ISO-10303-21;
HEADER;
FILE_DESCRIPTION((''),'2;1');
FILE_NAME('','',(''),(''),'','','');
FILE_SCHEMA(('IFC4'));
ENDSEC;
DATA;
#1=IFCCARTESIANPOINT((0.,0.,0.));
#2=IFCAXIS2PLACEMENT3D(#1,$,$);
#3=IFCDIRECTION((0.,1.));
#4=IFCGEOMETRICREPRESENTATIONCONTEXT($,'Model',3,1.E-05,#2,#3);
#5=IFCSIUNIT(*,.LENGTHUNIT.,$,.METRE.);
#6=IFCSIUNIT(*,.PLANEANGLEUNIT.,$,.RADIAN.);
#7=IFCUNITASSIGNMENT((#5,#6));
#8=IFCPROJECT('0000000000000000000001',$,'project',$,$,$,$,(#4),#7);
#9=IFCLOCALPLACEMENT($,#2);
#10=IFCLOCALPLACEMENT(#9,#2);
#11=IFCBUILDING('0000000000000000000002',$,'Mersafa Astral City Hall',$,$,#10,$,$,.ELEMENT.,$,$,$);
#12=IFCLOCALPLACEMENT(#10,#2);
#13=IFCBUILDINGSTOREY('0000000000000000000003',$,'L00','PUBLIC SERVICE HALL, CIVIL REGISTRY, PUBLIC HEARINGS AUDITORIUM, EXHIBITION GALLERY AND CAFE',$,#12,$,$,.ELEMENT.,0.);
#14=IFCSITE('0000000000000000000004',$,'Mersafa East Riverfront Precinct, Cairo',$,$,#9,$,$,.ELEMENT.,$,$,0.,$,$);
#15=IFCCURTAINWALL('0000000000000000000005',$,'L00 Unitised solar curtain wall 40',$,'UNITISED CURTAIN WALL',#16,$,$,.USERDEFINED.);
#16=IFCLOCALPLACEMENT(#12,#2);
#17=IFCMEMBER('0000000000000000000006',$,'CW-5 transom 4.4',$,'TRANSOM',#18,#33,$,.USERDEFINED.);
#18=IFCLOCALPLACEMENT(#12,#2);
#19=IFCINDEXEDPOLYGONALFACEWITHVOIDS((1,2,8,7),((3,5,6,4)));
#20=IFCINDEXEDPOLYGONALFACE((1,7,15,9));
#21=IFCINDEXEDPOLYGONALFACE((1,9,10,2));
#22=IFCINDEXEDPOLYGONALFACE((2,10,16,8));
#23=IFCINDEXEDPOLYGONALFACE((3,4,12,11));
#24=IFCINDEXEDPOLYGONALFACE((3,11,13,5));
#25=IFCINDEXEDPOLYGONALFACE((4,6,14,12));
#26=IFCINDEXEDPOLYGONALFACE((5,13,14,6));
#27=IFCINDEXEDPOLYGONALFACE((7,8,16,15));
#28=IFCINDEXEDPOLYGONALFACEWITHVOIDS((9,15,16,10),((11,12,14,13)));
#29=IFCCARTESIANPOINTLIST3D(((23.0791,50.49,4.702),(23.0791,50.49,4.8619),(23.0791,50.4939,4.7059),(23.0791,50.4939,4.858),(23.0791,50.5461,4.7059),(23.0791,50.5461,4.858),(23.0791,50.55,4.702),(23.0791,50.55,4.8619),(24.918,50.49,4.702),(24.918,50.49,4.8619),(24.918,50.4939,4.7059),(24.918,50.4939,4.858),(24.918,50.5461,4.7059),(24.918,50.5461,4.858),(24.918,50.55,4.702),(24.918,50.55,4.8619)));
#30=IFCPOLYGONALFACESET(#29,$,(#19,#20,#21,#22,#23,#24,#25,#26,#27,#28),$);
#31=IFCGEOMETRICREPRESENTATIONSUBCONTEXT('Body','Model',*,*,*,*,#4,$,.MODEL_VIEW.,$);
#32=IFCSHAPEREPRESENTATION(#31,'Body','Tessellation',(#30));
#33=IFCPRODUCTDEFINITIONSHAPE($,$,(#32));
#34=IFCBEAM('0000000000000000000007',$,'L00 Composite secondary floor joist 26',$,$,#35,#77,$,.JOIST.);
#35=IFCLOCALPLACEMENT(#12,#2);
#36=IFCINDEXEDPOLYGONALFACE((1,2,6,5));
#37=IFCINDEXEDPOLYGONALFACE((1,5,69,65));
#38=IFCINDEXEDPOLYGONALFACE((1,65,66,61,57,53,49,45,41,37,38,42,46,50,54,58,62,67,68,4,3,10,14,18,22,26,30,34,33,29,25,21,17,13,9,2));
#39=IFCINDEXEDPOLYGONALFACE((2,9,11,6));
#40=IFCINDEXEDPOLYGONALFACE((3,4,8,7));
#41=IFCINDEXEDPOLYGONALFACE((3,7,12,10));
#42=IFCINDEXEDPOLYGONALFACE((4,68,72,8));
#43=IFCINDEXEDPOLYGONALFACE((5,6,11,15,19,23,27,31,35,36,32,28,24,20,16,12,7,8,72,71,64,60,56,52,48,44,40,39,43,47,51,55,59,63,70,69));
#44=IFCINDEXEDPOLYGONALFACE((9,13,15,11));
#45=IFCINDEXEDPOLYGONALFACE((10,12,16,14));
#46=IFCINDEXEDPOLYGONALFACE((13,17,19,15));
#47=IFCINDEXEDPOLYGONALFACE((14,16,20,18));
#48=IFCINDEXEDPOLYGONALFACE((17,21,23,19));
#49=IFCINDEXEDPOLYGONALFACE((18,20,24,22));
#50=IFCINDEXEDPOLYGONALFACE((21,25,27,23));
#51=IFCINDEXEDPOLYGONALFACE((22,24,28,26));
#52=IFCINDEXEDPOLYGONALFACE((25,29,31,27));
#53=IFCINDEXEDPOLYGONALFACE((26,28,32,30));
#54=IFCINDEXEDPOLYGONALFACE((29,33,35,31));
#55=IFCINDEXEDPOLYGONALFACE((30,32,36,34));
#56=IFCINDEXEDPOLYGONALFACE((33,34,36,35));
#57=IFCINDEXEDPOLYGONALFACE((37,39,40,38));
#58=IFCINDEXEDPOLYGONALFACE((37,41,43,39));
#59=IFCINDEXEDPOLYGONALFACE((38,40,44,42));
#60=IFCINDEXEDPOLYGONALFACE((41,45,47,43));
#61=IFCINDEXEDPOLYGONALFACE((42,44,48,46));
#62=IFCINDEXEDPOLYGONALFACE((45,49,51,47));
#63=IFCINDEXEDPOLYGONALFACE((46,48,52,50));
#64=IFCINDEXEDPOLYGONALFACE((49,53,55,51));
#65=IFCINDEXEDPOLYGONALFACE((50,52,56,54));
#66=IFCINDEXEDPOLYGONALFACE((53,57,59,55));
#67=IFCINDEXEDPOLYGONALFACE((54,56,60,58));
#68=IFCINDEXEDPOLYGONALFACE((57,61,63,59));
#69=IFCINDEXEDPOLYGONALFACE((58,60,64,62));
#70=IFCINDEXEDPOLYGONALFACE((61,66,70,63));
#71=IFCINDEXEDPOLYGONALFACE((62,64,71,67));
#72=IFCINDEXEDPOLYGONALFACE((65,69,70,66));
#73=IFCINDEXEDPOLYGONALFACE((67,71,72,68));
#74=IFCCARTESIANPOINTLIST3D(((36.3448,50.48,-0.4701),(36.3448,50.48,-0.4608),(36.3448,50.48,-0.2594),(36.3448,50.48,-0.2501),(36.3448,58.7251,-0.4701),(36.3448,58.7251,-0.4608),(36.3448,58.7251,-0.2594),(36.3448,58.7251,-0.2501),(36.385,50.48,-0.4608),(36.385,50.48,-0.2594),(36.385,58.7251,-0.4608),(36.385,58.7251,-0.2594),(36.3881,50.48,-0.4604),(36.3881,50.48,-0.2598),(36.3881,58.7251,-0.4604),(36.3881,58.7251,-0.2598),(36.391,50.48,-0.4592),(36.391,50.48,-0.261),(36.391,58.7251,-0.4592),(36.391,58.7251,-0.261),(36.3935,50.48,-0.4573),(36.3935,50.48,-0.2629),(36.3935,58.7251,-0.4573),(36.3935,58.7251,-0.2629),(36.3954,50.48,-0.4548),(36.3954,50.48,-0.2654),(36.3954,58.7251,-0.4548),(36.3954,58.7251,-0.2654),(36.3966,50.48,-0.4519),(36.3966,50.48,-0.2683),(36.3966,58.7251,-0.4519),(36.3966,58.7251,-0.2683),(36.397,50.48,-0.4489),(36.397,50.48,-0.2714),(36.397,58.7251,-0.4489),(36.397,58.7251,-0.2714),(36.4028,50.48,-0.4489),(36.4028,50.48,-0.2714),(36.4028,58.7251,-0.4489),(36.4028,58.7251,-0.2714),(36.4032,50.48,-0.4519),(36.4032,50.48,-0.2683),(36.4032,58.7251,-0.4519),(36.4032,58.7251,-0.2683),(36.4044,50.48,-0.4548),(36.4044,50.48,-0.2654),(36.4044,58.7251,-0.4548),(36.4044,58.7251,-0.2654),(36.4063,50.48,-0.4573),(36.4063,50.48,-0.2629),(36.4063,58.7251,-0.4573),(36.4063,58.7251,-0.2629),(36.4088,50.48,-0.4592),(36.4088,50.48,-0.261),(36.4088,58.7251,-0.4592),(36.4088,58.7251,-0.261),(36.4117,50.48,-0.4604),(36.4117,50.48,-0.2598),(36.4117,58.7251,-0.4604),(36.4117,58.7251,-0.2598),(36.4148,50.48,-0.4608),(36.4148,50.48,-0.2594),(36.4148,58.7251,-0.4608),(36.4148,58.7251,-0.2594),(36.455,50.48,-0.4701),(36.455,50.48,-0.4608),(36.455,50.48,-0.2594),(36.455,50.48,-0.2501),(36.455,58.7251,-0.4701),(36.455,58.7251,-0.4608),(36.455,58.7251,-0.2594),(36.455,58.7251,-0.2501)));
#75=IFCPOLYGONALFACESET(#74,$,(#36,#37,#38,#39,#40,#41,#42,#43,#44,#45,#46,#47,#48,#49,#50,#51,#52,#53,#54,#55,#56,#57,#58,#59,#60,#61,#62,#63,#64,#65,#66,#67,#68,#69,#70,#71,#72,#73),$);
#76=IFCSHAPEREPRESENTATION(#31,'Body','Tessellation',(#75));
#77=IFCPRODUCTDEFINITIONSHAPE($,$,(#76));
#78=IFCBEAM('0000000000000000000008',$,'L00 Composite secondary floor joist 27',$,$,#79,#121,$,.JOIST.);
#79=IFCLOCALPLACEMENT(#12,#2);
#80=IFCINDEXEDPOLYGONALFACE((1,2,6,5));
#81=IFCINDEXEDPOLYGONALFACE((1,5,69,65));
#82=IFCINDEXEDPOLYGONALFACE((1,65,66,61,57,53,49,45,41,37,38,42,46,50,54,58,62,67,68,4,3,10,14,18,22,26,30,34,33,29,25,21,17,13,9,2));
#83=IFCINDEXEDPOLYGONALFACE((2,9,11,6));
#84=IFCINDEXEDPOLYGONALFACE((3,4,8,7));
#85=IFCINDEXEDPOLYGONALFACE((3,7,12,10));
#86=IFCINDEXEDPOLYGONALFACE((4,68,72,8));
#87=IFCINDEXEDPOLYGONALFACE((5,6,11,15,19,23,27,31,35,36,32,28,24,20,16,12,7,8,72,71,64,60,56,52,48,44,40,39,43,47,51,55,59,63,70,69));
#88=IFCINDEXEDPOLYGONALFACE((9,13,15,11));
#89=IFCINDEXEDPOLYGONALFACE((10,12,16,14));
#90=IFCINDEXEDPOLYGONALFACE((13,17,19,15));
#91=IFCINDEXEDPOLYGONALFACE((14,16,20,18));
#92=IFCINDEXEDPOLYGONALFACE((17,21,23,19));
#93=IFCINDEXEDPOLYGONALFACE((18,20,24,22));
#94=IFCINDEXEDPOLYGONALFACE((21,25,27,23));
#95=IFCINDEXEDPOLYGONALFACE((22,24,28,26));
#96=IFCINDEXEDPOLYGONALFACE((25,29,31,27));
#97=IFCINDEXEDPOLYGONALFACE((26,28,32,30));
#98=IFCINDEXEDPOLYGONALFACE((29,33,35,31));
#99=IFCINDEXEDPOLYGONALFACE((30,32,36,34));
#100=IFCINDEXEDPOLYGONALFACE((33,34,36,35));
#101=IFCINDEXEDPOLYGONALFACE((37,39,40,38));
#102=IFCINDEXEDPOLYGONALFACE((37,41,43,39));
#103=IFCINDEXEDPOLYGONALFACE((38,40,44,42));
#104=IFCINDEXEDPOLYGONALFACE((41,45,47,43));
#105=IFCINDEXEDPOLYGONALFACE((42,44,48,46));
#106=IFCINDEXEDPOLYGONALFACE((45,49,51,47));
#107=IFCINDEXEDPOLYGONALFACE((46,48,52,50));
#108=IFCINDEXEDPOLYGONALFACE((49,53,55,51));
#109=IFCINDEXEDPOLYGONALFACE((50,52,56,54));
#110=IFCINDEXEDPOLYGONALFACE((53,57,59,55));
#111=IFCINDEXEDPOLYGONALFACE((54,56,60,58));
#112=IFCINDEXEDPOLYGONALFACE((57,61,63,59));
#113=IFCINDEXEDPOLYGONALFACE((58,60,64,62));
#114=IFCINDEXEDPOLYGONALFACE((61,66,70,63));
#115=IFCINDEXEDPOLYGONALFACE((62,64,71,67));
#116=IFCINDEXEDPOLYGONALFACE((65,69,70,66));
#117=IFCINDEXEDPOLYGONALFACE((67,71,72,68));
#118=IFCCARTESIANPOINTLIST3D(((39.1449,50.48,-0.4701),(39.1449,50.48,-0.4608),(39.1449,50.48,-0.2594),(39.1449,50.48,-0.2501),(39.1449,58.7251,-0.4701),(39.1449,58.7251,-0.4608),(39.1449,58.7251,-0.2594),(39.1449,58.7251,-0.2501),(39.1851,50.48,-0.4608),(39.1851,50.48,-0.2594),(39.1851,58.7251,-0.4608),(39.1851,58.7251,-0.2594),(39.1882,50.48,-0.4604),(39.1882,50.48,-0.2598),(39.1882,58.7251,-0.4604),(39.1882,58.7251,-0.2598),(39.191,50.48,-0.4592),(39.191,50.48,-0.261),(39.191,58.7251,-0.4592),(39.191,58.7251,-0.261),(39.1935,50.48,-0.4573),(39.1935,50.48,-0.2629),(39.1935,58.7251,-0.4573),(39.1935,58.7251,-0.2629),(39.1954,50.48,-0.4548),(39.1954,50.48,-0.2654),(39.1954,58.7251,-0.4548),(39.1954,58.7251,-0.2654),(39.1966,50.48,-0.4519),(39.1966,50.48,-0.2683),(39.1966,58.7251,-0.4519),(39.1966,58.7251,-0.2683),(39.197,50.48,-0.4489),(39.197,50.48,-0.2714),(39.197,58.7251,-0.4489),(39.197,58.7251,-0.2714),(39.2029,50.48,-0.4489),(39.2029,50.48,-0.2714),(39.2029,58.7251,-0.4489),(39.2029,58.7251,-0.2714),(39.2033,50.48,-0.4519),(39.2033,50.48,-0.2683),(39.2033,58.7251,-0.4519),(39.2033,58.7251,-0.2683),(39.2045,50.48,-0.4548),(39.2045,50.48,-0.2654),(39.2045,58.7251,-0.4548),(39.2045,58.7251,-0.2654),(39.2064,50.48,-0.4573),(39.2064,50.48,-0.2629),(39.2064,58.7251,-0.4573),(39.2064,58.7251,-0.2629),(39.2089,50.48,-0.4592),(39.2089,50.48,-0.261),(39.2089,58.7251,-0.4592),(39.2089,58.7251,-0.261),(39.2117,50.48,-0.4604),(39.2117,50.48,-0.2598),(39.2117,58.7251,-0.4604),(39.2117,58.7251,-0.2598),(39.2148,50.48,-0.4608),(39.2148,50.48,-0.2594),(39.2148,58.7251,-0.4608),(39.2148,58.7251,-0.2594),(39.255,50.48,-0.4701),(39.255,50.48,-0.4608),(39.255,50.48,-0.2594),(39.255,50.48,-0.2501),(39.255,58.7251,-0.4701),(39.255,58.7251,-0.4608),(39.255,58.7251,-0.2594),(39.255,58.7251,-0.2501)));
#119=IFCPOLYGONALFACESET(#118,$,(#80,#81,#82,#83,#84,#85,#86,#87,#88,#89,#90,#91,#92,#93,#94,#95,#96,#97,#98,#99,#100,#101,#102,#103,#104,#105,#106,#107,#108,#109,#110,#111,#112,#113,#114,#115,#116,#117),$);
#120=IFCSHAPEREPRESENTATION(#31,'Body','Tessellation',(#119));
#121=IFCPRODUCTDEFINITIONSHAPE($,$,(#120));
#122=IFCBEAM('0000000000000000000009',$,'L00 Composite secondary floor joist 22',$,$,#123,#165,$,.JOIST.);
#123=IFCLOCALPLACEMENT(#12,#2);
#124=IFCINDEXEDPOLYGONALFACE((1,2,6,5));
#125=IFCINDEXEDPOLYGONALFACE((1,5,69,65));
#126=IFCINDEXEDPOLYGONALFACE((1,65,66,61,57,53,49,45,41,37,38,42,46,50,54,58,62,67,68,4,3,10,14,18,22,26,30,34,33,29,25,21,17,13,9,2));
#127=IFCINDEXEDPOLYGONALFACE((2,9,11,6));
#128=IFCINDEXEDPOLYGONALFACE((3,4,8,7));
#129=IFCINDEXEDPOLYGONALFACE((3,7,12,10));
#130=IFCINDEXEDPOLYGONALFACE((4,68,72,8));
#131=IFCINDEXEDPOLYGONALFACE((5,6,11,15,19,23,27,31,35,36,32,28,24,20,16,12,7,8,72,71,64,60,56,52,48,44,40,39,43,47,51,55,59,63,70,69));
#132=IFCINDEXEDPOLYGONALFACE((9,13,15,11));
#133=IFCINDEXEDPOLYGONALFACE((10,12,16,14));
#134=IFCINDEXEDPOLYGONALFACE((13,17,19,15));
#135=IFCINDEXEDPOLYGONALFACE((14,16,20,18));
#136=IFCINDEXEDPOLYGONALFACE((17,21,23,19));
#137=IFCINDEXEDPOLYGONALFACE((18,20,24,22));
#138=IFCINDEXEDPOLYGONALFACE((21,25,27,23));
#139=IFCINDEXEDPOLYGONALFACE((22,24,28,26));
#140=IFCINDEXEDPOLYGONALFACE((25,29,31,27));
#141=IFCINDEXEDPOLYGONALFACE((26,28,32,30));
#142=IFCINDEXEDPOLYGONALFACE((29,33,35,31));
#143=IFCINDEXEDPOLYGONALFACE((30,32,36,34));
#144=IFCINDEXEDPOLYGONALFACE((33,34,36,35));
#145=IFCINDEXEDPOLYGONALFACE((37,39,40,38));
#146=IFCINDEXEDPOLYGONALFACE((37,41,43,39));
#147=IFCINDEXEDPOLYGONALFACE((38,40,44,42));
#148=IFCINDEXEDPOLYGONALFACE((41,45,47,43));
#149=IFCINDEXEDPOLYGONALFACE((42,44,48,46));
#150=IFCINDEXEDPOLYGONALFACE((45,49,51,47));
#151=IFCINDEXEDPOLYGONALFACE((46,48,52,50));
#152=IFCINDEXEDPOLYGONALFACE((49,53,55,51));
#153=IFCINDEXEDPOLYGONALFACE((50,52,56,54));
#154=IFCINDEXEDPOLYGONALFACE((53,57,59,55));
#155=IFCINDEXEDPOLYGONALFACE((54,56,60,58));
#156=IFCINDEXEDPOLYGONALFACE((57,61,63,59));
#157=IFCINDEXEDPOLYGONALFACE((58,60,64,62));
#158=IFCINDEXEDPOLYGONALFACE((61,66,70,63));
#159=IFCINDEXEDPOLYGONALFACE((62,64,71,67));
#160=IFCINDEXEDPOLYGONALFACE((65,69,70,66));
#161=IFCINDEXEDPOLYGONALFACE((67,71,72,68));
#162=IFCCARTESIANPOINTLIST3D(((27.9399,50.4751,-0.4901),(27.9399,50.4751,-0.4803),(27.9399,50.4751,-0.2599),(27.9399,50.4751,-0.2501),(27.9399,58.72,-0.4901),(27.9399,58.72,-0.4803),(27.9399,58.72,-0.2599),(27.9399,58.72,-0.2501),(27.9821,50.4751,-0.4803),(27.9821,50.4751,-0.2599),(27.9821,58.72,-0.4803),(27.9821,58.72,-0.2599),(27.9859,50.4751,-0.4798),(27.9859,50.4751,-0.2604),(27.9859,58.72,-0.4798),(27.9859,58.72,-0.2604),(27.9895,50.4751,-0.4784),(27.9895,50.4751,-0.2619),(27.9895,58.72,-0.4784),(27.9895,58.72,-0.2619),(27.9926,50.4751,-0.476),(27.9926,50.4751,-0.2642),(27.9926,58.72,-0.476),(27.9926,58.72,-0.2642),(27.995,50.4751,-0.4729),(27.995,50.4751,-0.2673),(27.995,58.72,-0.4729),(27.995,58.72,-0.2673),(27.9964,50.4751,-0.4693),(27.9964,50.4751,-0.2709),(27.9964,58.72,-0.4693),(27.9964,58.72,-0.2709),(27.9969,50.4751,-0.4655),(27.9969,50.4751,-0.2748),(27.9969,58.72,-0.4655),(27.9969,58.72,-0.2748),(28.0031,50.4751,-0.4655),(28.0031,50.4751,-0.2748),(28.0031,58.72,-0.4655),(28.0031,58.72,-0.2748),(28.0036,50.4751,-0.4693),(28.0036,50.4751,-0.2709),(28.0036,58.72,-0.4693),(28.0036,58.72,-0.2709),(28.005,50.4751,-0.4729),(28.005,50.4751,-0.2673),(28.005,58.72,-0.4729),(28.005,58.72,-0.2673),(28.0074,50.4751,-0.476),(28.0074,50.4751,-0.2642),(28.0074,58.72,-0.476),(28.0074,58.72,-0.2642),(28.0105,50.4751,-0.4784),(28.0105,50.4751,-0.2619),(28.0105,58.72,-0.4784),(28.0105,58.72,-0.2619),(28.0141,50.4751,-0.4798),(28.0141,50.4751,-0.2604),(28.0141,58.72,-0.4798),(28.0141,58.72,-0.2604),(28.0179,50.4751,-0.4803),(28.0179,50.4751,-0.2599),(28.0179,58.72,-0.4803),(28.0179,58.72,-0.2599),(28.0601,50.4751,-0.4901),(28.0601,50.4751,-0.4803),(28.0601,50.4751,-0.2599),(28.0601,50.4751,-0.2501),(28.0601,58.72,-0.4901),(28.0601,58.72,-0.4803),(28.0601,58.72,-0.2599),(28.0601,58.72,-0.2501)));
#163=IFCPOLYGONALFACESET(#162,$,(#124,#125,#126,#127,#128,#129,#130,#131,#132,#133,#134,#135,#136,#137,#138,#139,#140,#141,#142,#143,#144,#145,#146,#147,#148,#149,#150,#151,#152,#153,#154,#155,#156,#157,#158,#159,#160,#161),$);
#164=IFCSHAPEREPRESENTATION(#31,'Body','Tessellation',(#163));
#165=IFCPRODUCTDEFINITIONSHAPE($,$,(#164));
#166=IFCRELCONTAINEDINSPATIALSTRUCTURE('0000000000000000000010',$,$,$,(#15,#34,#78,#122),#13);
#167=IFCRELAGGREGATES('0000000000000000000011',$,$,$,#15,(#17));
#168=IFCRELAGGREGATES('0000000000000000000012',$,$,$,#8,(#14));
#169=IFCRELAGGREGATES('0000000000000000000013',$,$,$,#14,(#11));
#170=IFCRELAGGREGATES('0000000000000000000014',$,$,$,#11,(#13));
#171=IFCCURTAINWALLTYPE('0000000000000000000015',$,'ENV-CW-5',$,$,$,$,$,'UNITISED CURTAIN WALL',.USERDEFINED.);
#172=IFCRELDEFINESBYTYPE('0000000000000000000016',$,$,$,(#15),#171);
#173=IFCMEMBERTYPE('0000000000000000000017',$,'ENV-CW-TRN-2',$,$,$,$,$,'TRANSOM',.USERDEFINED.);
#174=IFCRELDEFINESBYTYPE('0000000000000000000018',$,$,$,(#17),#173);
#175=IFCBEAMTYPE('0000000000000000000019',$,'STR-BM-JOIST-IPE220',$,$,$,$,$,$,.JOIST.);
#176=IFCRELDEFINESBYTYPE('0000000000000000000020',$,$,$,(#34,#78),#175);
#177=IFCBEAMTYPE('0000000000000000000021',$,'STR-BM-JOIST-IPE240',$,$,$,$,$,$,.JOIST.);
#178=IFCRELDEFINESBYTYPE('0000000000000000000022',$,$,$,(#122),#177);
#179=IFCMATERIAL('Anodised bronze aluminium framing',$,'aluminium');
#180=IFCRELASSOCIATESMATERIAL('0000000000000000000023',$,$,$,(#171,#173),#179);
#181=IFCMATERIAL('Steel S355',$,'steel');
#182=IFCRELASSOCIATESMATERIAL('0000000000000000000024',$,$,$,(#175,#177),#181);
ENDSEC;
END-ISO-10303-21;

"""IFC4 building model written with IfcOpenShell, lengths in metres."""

from ifc_helpers import new_model, si_unit, direction, frame, origin, origin_2d, place, context, subcontext, project, spatial, hollow_rectangle, i_section, extrude, material, material_profile, profile_set, type_object, element, aggregate, save


model = new_model("IFC4")

# Units and contexts
model_context = context("Model", 3, precision=1e-05, world=origin(), true_north=direction((0.0, 1.0)))
body_context = subcontext(model_context, "Body", "Model", "MODEL_VIEW")
ifc_project = project(units=[si_unit("LENGTHUNIT", "METRE"), si_unit("PLANEANGLEUNIT", "RADIAN")], contexts=[model_context])

# Site, building, storey
site_placement = place(None, origin())
site = spatial("IfcSite", under=ifc_project, at=site_placement, Name="Mersafa East Riverfront Precinct, Cairo", CompositionType="ELEMENT", RefElevation=0.0)
building_placement = place(site_placement, origin())
building = spatial("IfcBuilding", under=site, at=building_placement, Name="Mersafa Astral City Hall", CompositionType="ELEMENT")
storey_placement = place(building_placement, origin())
storey = spatial("IfcBuildingStorey", under=building, at=storey_placement, Name="L00", Description="PUBLIC SERVICE HALL, CIVIL REGISTRY, PUBLIC HEARINGS AUDITORIUM, EXHIBITION GALLERY AND CAFE", CompositionType="ELEMENT", Elevation=0.0)

# Shared definitions
ifc_material_1 = material(Name="Steel S355", Category="steel")

# Curtain wall
ifc_material_2 = material(Name="Anodised bronze aluminium framing", Category="aluminium")
curtain_wall_type_1 = type_object("IfcCurtainWallType", Name="ENV-CW-5", ElementType="UNITISED CURTAIN WALL", PredefinedType="USERDEFINED", material=ifc_material_2)
curtain_wall_1_placement = place(storey_placement, origin())
curtain_wall_1 = element("IfcCurtainWall", 1, at=curtain_wall_1_placement, inside=storey, type_object=curtain_wall_type_1, Name="L00 Unitised solar curtain wall 40", ObjectType="UNITISED CURTAIN WALL", PredefinedType="USERDEFINED")

# Member
ifc_material_profile_1 = material_profile(ifc_material_2, hollow_rectangle(XDim=0.0601, YDim=0.1599, WallThickness=0.0039, at=origin_2d()), Name="RHS 60x160x4")
ifc_profile_set_1 = profile_set([ifc_material_profile_1], Name="Anodised bronze aluminium framing")
member_type_1 = type_object("IfcMemberType", Name="ENV-CW-TRN-2", ElementType="TRANSOM", PredefinedType="USERDEFINED", material=ifc_profile_set_1)
member_1_placement = place(storey_placement, frame((23.0791, 50.52, 4.782), z_axis=(1.0, 0.0, 0.0), x_axis=(0.0, 1.0, 0.0)))
member_1 = element("IfcMember", 2, at=member_1_placement, type_object=member_type_1, Name="CW-5 transom 4.4", ObjectType="TRANSOM", PredefinedType="USERDEFINED", context=body_context, shape_type="SweptSolid", body=[
    extrude(hollow_rectangle(XDim=0.0601, YDim=0.1599, WallThickness=0.0039, at=origin_2d()), origin(), (0.0, 0.0, 1.0), 1.8389),
])

# Beams
ifc_material_profile_2 = material_profile(ifc_material_1, i_section(OverallWidth=0.1101, OverallDepth=0.22, WebThickness=0.0059, FlangeThickness=0.0093, FilletRadius=0.012, at=origin_2d()), Name="IPE 220")
ifc_profile_set_2 = profile_set([ifc_material_profile_2], Name="Steel S355")
beam_type_1 = type_object("IfcBeamType", Name="STR-BM-JOIST-IPE220", PredefinedType="JOIST", material=ifc_profile_set_2)
for number, where, z_axis, x_axis, name in (
    (3, (36.3999, 50.48, -0.3601), (0.0, 1.0, 0.0), (-1.0, 0.0, 0.0), "L00 Composite secondary floor joist 26"),
    (4, (39.2, 50.48, -0.3601), (0.0, 1.0, 0.0), (-1.0, 0.0, 0.0), "L00 Composite secondary floor joist 27"),
):
    element("IfcBeam", number, at=place(storey_placement, frame(where, z_axis=z_axis, x_axis=x_axis)), inside=storey, type_object=beam_type_1, Name=name, PredefinedType="JOIST", context=body_context, shape_type="SweptSolid", body=[
        extrude(i_section(OverallWidth=0.1101, OverallDepth=0.22, WebThickness=0.0059, FlangeThickness=0.0093, FilletRadius=0.012, at=origin_2d()), origin(), (0.0, 0.0, 1.0), 8.2451),
    ])
ifc_material_profile_3 = material_profile(ifc_material_1, i_section(OverallWidth=0.1201, OverallDepth=0.24, WebThickness=0.0061, FlangeThickness=0.0098, FilletRadius=0.0149, at=origin_2d()), Name="IPE 240")
ifc_profile_set_3 = profile_set([ifc_material_profile_3], Name="Steel S355")
beam_type_2 = type_object("IfcBeamType", Name="STR-BM-JOIST-IPE240", PredefinedType="JOIST", material=ifc_profile_set_3)
for number, where, z_axis, x_axis, name in (
    (5, (28.0, 50.4751, -0.3701), (0.0, 1.0, 0.0), (-1.0, 0.0, 0.0), "L00 Composite secondary floor joist 22"),
):
    element("IfcBeam", number, at=place(storey_placement, frame(where, z_axis=z_axis, x_axis=x_axis)), inside=storey, type_object=beam_type_2, Name=name, PredefinedType="JOIST", context=body_context, shape_type="SweptSolid", body=[
        extrude(i_section(OverallWidth=0.1201, OverallDepth=0.24, WebThickness=0.0061, FlangeThickness=0.0098, FilletRadius=0.0149, at=origin_2d()), origin(), (0.0, 0.0, 1.0), 8.2449),
    ])

aggregate(curtain_wall_1, [member_1])

save(model, "model.ifc")
